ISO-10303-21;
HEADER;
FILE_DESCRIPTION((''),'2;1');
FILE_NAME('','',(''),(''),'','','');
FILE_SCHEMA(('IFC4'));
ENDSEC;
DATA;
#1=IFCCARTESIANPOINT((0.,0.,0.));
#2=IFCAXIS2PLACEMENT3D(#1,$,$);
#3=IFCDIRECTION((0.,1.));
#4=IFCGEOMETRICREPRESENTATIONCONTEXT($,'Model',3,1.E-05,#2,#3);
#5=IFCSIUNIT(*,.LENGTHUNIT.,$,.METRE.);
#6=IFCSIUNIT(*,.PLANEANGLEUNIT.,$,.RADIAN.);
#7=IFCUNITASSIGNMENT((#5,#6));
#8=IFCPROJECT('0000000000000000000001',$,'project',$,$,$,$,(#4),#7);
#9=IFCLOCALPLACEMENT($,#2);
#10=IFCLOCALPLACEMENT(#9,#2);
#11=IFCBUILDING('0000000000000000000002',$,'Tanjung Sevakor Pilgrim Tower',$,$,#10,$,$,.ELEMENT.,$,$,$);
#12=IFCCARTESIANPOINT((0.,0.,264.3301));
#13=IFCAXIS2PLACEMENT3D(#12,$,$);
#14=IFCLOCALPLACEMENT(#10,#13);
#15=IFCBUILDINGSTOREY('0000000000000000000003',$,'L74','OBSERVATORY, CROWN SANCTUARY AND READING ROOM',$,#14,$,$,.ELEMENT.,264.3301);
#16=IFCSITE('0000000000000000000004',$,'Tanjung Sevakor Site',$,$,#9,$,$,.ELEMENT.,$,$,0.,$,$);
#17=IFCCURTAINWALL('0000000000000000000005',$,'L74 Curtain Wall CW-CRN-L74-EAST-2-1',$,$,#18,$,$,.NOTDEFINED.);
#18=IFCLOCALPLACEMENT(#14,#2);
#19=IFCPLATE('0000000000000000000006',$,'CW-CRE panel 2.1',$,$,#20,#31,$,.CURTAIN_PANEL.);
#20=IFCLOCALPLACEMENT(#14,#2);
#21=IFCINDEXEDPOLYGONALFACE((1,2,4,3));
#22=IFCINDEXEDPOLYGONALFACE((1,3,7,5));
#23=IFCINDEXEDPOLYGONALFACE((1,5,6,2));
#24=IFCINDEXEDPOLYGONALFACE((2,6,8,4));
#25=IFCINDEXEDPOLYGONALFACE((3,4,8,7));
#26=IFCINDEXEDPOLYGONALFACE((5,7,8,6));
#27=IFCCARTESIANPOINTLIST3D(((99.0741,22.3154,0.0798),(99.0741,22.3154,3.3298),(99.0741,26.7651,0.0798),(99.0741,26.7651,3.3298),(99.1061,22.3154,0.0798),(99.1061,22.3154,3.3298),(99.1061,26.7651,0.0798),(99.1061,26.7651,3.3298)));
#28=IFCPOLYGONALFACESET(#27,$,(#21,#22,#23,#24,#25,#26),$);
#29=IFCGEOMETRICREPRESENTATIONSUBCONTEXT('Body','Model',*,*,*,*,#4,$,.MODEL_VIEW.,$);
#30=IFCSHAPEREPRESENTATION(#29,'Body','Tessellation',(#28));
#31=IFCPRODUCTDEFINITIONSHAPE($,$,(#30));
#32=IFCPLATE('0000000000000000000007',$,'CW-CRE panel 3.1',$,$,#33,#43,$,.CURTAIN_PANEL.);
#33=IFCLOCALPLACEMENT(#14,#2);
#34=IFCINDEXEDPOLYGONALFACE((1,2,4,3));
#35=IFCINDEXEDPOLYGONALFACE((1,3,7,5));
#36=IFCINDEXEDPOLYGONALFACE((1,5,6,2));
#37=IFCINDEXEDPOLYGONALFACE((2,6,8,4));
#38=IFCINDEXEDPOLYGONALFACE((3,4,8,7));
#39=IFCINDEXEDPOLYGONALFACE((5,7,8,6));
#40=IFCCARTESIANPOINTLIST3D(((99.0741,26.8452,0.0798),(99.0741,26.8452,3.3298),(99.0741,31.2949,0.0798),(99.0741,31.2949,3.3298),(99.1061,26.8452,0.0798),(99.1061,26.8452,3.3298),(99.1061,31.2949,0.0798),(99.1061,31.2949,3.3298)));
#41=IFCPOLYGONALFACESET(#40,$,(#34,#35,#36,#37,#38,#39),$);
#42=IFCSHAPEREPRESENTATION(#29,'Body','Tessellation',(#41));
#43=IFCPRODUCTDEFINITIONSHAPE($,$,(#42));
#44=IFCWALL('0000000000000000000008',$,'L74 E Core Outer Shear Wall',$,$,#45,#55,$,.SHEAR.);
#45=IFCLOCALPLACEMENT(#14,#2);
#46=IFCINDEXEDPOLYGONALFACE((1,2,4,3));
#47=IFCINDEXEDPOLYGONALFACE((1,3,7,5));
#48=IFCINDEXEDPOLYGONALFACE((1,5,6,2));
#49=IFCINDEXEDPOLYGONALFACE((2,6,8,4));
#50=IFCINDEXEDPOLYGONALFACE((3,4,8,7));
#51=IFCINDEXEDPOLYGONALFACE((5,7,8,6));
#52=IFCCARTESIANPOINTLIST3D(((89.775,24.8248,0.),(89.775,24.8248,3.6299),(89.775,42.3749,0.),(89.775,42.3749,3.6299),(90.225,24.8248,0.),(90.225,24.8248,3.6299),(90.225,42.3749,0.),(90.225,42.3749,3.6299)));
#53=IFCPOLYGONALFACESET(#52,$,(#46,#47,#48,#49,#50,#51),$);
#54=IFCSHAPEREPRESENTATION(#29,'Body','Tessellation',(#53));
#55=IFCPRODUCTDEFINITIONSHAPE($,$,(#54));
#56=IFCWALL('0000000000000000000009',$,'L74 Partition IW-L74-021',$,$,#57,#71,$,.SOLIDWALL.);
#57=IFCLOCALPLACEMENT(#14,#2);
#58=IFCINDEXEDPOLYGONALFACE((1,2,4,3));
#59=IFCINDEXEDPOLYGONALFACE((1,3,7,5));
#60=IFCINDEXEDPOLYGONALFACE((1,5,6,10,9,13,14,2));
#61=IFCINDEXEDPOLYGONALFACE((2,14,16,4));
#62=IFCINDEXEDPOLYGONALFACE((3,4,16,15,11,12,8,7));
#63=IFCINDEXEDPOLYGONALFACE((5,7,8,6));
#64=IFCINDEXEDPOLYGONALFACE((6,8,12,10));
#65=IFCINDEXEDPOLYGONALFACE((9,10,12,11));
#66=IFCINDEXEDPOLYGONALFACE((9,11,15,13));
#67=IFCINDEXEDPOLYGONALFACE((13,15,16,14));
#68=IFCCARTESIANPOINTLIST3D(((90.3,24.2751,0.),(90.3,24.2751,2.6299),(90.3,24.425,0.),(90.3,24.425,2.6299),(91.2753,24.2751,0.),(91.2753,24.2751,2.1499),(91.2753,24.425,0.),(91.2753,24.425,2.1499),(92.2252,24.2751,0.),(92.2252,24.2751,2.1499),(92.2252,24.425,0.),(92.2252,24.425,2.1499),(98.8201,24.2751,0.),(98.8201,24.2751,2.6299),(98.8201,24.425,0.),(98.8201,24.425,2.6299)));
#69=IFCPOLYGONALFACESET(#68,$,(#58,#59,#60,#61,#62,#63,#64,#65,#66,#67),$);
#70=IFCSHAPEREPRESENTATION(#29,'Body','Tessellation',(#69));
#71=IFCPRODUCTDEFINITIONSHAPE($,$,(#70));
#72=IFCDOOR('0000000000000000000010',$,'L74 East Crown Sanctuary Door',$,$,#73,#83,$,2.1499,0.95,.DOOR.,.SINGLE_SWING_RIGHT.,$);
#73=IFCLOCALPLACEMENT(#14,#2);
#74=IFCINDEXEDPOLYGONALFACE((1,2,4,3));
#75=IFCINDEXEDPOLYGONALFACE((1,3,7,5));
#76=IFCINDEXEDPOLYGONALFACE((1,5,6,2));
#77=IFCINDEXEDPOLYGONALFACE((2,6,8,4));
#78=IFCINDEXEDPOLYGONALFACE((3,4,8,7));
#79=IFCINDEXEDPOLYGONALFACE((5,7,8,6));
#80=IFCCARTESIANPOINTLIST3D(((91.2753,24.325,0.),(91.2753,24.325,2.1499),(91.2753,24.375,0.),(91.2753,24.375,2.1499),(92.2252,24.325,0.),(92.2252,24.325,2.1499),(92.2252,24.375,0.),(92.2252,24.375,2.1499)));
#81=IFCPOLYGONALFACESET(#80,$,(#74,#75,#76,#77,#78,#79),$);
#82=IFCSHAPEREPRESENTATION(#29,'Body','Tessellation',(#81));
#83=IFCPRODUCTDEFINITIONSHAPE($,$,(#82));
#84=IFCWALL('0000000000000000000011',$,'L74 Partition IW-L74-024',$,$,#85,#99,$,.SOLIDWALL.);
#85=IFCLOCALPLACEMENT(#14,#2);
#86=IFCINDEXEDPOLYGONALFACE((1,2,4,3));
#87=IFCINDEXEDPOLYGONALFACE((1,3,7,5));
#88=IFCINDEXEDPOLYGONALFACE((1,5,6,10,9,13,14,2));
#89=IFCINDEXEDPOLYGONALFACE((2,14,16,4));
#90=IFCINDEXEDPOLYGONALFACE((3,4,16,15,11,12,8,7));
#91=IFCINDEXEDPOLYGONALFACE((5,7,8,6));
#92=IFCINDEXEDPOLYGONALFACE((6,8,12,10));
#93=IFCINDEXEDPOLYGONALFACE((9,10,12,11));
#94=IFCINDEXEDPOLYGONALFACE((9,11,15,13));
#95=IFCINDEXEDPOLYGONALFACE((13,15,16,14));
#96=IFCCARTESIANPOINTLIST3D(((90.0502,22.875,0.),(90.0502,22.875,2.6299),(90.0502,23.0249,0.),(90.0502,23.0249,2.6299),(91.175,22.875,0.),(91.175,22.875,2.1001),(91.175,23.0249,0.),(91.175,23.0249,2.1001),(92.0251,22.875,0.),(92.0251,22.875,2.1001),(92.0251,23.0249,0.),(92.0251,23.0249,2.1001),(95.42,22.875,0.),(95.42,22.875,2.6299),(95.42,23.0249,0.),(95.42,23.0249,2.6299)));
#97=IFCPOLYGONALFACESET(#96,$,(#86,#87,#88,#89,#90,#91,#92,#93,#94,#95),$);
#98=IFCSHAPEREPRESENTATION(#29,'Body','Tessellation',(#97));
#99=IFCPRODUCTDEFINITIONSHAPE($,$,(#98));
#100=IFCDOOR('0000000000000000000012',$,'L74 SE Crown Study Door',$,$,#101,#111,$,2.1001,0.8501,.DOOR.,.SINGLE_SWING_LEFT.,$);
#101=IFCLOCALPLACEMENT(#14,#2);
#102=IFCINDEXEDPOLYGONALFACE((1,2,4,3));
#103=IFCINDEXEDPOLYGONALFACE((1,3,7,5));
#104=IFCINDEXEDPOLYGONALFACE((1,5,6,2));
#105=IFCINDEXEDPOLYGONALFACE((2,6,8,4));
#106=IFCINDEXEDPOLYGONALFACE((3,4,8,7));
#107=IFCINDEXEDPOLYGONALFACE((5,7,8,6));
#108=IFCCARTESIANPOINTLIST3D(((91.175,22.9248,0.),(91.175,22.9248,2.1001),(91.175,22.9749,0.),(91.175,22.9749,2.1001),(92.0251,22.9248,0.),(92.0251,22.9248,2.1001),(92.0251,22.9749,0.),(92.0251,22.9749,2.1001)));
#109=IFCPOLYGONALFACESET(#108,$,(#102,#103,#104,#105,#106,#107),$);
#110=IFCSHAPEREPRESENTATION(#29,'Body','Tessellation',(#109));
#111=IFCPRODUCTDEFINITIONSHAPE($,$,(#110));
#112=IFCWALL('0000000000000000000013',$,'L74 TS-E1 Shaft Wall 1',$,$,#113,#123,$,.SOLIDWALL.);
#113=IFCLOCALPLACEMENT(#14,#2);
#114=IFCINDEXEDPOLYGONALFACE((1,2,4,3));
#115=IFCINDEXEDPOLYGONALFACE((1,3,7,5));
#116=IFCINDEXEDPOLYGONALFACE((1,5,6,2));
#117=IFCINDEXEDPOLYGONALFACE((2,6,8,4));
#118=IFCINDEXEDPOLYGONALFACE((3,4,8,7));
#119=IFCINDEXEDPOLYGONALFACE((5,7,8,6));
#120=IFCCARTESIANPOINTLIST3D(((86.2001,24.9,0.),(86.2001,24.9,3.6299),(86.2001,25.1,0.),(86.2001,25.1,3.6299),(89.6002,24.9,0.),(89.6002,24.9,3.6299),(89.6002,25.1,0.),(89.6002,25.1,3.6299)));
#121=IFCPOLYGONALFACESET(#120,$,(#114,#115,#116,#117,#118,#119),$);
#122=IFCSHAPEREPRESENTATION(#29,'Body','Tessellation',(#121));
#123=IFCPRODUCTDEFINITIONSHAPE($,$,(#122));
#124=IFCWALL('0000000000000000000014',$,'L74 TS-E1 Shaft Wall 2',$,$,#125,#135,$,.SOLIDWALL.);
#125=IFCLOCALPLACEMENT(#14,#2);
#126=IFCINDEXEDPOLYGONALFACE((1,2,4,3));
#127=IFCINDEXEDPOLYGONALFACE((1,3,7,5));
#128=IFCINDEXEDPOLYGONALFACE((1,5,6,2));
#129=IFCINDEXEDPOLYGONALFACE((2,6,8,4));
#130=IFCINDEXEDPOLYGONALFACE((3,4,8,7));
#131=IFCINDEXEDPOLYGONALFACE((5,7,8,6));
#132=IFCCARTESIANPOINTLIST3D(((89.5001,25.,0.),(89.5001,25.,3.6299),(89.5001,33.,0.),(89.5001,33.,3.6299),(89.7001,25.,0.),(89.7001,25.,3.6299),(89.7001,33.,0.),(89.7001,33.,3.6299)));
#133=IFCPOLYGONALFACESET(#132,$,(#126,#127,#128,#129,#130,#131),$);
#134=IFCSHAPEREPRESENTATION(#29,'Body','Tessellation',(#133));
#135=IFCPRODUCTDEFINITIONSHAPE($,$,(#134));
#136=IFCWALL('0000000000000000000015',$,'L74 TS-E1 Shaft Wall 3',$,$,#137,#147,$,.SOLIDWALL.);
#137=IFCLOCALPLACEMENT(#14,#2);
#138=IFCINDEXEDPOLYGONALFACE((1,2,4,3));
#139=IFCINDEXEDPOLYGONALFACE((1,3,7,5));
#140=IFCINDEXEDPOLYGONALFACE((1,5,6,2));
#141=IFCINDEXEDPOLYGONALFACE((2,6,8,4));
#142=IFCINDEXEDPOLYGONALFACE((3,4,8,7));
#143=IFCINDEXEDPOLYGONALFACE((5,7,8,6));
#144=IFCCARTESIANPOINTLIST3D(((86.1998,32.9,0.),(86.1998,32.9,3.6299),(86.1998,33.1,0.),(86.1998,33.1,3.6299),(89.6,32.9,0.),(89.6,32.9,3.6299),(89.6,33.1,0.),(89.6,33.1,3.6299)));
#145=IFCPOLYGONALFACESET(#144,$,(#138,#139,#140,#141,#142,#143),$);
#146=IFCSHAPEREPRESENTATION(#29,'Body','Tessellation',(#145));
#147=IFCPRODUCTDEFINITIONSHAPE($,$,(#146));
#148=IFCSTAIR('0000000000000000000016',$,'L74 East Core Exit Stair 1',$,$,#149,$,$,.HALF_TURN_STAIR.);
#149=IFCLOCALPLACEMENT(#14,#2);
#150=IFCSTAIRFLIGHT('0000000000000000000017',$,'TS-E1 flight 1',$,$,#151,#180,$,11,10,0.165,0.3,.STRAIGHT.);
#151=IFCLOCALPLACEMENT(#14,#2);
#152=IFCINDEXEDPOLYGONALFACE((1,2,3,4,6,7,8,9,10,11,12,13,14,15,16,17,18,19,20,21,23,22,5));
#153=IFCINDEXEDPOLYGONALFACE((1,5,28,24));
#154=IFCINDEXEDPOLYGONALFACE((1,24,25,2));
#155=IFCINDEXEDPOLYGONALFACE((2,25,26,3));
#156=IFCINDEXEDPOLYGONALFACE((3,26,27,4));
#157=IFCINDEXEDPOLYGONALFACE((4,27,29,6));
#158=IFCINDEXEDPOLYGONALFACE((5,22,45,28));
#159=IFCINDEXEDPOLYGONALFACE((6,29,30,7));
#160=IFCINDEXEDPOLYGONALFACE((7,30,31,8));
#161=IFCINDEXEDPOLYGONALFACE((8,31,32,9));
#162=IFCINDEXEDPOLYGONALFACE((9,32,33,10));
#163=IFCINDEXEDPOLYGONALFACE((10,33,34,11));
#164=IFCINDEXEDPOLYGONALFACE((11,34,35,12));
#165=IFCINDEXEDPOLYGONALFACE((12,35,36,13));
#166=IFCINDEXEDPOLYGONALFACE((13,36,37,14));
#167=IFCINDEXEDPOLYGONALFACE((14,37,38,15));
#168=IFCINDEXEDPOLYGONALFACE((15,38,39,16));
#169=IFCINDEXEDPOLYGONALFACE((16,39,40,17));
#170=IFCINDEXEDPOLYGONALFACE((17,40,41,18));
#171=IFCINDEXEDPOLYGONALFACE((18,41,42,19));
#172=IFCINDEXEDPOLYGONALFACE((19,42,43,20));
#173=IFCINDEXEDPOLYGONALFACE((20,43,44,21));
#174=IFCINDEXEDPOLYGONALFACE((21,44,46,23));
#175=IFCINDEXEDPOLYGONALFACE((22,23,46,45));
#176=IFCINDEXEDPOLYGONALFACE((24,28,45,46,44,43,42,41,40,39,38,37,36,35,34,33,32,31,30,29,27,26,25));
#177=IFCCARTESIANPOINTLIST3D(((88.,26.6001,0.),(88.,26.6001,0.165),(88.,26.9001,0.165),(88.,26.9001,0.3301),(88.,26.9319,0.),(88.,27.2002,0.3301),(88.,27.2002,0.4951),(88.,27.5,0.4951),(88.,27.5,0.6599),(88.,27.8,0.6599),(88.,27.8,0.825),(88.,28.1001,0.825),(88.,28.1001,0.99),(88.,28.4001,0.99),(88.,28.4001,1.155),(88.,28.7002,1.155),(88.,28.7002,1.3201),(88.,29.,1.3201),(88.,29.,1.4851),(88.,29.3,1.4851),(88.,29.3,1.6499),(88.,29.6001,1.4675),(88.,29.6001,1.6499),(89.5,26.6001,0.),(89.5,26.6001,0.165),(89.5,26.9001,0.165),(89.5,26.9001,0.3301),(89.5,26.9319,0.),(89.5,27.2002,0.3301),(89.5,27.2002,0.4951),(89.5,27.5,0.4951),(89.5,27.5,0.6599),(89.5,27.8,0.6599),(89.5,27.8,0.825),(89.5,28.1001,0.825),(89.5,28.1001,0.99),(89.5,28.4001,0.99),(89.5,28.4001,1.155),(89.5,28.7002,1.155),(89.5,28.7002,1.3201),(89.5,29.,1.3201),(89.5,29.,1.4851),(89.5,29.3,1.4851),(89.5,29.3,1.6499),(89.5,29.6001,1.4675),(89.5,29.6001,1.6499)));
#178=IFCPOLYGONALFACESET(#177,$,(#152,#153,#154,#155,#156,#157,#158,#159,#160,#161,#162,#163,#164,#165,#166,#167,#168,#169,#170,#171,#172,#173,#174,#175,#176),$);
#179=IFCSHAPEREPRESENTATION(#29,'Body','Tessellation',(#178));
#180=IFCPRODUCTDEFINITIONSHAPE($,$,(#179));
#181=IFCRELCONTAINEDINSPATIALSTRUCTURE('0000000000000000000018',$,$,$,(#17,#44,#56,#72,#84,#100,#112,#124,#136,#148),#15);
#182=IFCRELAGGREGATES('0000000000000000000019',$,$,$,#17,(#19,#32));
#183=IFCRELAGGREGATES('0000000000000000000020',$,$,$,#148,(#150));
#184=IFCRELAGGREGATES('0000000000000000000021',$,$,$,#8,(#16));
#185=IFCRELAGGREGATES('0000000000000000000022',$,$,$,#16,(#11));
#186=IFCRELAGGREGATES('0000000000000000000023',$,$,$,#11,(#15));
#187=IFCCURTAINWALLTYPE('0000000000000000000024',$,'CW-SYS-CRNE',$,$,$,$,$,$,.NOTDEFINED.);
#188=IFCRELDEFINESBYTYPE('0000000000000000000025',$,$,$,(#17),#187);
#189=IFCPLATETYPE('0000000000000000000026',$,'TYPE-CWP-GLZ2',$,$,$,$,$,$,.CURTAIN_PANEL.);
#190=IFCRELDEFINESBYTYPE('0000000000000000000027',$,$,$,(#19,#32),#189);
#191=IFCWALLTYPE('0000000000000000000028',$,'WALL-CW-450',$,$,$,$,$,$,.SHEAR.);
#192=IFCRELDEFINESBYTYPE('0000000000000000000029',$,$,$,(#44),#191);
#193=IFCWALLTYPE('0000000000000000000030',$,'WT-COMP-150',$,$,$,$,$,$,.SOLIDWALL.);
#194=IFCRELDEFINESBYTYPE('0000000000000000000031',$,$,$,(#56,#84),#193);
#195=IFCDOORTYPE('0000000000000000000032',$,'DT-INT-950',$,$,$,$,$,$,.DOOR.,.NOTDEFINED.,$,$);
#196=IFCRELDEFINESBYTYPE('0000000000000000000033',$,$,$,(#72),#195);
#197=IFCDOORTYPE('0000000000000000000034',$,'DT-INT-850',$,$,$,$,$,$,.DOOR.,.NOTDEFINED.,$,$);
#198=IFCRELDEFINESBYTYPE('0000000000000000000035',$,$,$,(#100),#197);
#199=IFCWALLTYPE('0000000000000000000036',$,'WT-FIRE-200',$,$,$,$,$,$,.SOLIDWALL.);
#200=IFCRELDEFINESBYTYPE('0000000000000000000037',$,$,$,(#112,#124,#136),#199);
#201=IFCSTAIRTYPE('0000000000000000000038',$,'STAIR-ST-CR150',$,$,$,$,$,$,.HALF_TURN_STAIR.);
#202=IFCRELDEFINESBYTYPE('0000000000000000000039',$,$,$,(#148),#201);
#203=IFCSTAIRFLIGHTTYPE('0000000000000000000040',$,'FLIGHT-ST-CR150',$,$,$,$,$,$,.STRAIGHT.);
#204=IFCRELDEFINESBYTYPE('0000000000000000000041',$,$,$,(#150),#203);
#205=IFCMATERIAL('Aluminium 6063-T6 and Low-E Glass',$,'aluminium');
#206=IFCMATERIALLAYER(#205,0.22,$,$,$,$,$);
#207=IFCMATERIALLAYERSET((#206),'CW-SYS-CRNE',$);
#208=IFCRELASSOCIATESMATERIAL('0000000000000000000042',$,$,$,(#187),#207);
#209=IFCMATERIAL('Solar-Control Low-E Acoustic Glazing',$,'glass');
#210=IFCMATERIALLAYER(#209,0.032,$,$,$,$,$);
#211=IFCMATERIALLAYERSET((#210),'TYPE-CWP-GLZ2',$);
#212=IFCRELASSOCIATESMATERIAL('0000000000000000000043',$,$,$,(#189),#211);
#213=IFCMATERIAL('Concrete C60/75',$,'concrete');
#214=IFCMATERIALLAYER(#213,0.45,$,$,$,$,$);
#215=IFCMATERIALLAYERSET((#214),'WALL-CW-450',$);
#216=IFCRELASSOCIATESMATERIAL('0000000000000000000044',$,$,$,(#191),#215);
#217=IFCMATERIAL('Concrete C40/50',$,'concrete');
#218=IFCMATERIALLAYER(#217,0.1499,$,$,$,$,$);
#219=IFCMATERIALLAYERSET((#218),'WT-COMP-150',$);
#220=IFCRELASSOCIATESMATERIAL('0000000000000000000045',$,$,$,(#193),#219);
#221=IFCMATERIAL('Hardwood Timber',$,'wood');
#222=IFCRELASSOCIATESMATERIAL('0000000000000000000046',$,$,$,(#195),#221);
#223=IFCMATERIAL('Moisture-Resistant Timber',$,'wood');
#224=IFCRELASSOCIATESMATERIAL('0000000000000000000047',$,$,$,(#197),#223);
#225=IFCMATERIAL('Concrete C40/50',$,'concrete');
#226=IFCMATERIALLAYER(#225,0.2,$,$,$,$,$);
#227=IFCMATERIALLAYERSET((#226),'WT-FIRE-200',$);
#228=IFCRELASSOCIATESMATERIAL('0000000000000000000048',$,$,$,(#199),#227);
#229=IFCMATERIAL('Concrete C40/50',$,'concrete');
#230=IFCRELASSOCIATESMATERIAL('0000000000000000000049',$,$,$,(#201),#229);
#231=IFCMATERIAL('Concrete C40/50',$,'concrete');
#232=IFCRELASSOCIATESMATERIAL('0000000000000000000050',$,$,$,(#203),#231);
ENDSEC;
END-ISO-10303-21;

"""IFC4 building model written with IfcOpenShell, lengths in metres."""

from ifc_helpers import new_model, si_unit, direction, frame, frame_2d, origin, origin_2d, place, context, subcontext, project, spatial, polyline, rectangle, outline, extrude, material, layer, layer_set, type_object, element, fill, aggregate, save


model = new_model("IFC4")

# Units and contexts
model_context = context("Model", 3, precision=1e-05, world=origin(), true_north=direction((0.0, 1.0)))
body_context = subcontext(model_context, "Body", "Model", "MODEL_VIEW")
ifc_project = project(units=[si_unit("LENGTHUNIT", "METRE"), si_unit("PLANEANGLEUNIT", "RADIAN")], contexts=[model_context])

# Site, building, storey
site_placement = place(None, origin())
site = spatial("IfcSite", under=ifc_project, at=site_placement, Name="Tanjung Sevakor Site", CompositionType="ELEMENT", RefElevation=0.0)
building_placement = place(site_placement, origin())
building = spatial("IfcBuilding", under=site, at=building_placement, Name="Tanjung Sevakor Pilgrim Tower", CompositionType="ELEMENT")
storey_placement = place(building_placement, frame((0.0, 0.0, 264.3301)))
storey = spatial("IfcBuildingStorey", under=building, at=storey_placement, Name="L74", Description="OBSERVATORY, CROWN SANCTUARY AND READING ROOM", CompositionType="ELEMENT", Elevation=264.3301)

# Curtain wall, plates
ifc_material_1 = material(Name="Aluminium 6063-T6 and Low-E Glass", Category="aluminium")
ifc_layer_1 = layer(ifc_material_1, 0.22)
ifc_layer_set_1 = layer_set([ifc_layer_1], Name="CW-SYS-CRNE")
curtain_wall_type = type_object("IfcCurtainWallType", Name="CW-SYS-CRNE", PredefinedType="NOTDEFINED", material=ifc_layer_set_1)
curtain_wall_placement = place(storey_placement, origin())
curtain_wall = element("IfcCurtainWall", 1, at=curtain_wall_placement, inside=storey, type_object=curtain_wall_type, Name="L74 Curtain Wall CW-CRN-L74-EAST-2-1", PredefinedType="NOTDEFINED")
ifc_material_2 = material(Name="Solar-Control Low-E Acoustic Glazing", Category="glass")
ifc_layer_2 = layer(ifc_material_2, 0.032)
ifc_layer_set_2 = layer_set([ifc_layer_2], Name="TYPE-CWP-GLZ2")
plate_type = type_object("IfcPlateType", Name="TYPE-CWP-GLZ2", PredefinedType="CURTAIN_PANEL", material=ifc_layer_set_2)
plate_1_placement = place(storey_placement, frame((99.0901, 24.5403, 0.0798), z_axis=(0.0, 0.0, 1.0), x_axis=(0.0, 1.0, 0.0)))
plate_1 = element("IfcPlate", 2, at=plate_1_placement, type_object=plate_type, Name="CW-CRE panel 2.1", PredefinedType="CURTAIN_PANEL", context=body_context, shape_type="SweptSolid", body=[
    extrude(rectangle(XDim=4.4497, YDim=0.032, at=origin_2d()), origin(), (0.0, 0.0, 1.0), 3.25),
])
plate_2_placement = place(storey_placement, frame((99.0901, 29.0701, 0.0798), z_axis=(0.0, 0.0, 1.0), x_axis=(0.0, 1.0, 0.0)))
plate_2 = element("IfcPlate", 3, at=plate_2_placement, type_object=plate_type, Name="CW-CRE panel 3.1", PredefinedType="CURTAIN_PANEL", context=body_context, shape_type="SweptSolid", body=[
    extrude(rectangle(XDim=4.4497, YDim=0.032, at=origin_2d()), origin(), (0.0, 0.0, 1.0), 3.25),
])
aggregate(curtain_wall, [plate_1, plate_2])

# Wall
ifc_material_3 = material(Name="Concrete C60/75", Category="concrete")
ifc_layer_3 = layer(ifc_material_3, 0.45)
ifc_layer_set_3 = layer_set([ifc_layer_3], Name="WALL-CW-450")
wall_type_1 = type_object("IfcWallType", Name="WALL-CW-450", PredefinedType="SHEAR", material=ifc_layer_set_3)
wall_1_placement = place(storey_placement, frame((90.0, 24.825, 0.0), z_axis=(0.0, 0.0, 1.0), x_axis=(0.0, 1.0, 0.0)))
element("IfcWall", 4, at=wall_1_placement, inside=storey, type_object=wall_type_1, Name="L74 E Core Outer Shear Wall", PredefinedType="SHEAR", context=body_context, shape_type="SweptSolid", body=[
    extrude(rectangle(XDim=17.55, YDim=0.45, at=frame_2d((8.7749, 0.0))), origin(), (0.0, 0.0, 1.0), 3.6299),
])

# Walls, openings, doors
ifc_material_4 = material(Name="Concrete C40/50", Category="concrete")
ifc_layer_4 = layer(ifc_material_4, 0.1499)
ifc_layer_set_4 = layer_set([ifc_layer_4], Name="WT-COMP-150")
wall_type_2 = type_object("IfcWallType", Name="WT-COMP-150", PredefinedType="SOLIDWALL", material=ifc_layer_set_4)
wall_2_placement = place(storey_placement, frame((90.3, 24.3501, 0.0), z_axis=(0.0, 0.0, 1.0), x_axis=(1.0, 0.0, 0.0)))
wall_2 = element("IfcWall", 5, at=wall_2_placement, inside=storey, type_object=wall_type_2, Name="L74 Partition IW-L74-021", PredefinedType="SOLIDWALL", context=body_context, shape_type="SweptSolid", body=[
    extrude(rectangle(XDim=8.52, YDim=0.1499, at=frame_2d((4.26, 0.0))), origin(), (0.0, 0.0, 1.0), 2.6299),
])
opening_1_placement = place(wall_2_placement, frame((0.9751, 0.0, 0.0)))
opening_1 = element("IfcOpeningElement", 6, at=opening_1_placement, cuts=wall_2, PredefinedType="OPENING", context=body_context, shape_type="SweptSolid", body=[
    extrude(rectangle(XDim=0.95, YDim=2.1499, at=frame_2d((0.4751, 1.075))), frame((0.0, 0.085, 0.0), z_axis=(0.0, -1.0, 0.0), x_axis=(1.0, 0.0, 0.0)), (0.0, 0.0, 1.0), 0.1699),
])
ifc_material_5 = material(Name="Hardwood Timber", Category="wood")
door_type_1 = type_object("IfcDoorType", Name="DT-INT-950", OperationType="NOTDEFINED", PredefinedType="DOOR", material=ifc_material_5)
door_1_placement = place(opening_1_placement, origin())
door_1 = element("IfcDoor", 7, at=door_1_placement, inside=storey, type_object=door_type_1, Name="L74 East Crown Sanctuary Door", OperationType="SINGLE_SWING_RIGHT", OverallHeight=2.1499, OverallWidth=0.95, PredefinedType="DOOR", context=body_context, shape_type="SweptSolid", body=[
    extrude(rectangle(XDim=0.95, YDim=2.1499, at=frame_2d((0.4751, 1.075))), frame((0.0, 0.0249, 0.0), z_axis=(0.0, -1.0, 0.0), x_axis=(1.0, 0.0, 0.0)), (0.0, 0.0, 1.0), 0.05),
])
fill(opening_1, door_1)
wall_3_placement = place(storey_placement, frame((90.05, 22.95, 0.0), z_axis=(0.0, 0.0, 1.0), x_axis=(1.0, 0.0, 0.0)))
wall_3 = element("IfcWall", 8, at=wall_3_placement, inside=storey, type_object=wall_type_2, Name="L74 Partition IW-L74-024", PredefinedType="SOLIDWALL", context=body_context, shape_type="SweptSolid", body=[
    extrude(rectangle(XDim=5.3699, YDim=0.1499, at=frame_2d((2.6851, 0.0))), origin(), (0.0, 0.0, 1.0), 2.6299),
])
opening_2_placement = place(wall_3_placement, frame((1.125, 0.0, 0.0)))
opening_2 = element("IfcOpeningElement", 9, at=opening_2_placement, cuts=wall_3, PredefinedType="OPENING", context=body_context, shape_type="SweptSolid", body=[
    extrude(rectangle(XDim=0.8501, YDim=2.1001, at=frame_2d((0.425, 1.05))), frame((0.0, 0.085, 0.0), z_axis=(0.0, -1.0, 0.0), x_axis=(1.0, 0.0, 0.0)), (0.0, 0.0, 1.0), 0.1699),
])
ifc_material_6 = material(Name="Moisture-Resistant Timber", Category="wood")
door_type_2 = type_object("IfcDoorType", Name="DT-INT-850", OperationType="NOTDEFINED", PredefinedType="DOOR", material=ifc_material_6)
door_2_placement = place(opening_2_placement, origin())
door_2 = element("IfcDoor", 10, at=door_2_placement, inside=storey, type_object=door_type_2, Name="L74 SE Crown Study Door", OperationType="SINGLE_SWING_LEFT", OverallHeight=2.1001, OverallWidth=0.8501, PredefinedType="DOOR", context=body_context, shape_type="SweptSolid", body=[
    extrude(rectangle(XDim=0.8501, YDim=2.1001, at=frame_2d((0.425, 1.05))), frame((0.0, 0.0249, 0.0), z_axis=(0.0, -1.0, 0.0), x_axis=(1.0, 0.0, 0.0)), (0.0, 0.0, 1.0), 0.05),
])
fill(opening_2, door_2)

# Walls
ifc_material_7 = material(Name="Concrete C40/50", Category="concrete")
ifc_layer_5 = layer(ifc_material_7, 0.2)
ifc_layer_set_5 = layer_set([ifc_layer_5], Name="WT-FIRE-200")
wall_type_3 = type_object("IfcWallType", Name="WT-FIRE-200", PredefinedType="SOLIDWALL", material=ifc_layer_set_5)
wall_4_placement = place(storey_placement, frame((86.2, 25.0, 0.0), z_axis=(0.0, 0.0, 1.0), x_axis=(1.0, 0.0, 0.0)))
element("IfcWall", 11, at=wall_4_placement, inside=storey, type_object=wall_type_3, Name="L74 TS-E1 Shaft Wall 1", PredefinedType="SOLIDWALL", context=body_context, shape_type="SweptSolid", body=[
    extrude(rectangle(XDim=3.4001, YDim=0.2, at=frame_2d((1.7002, 0.0))), origin(), (0.0, 0.0, 1.0), 3.6299),
])
wall_5_placement = place(storey_placement, frame((89.6001, 25.0, 0.0), z_axis=(0.0, 0.0, 1.0), x_axis=(0.0, 1.0, 0.0)))
element("IfcWall", 12, at=wall_5_placement, inside=storey, type_object=wall_type_3, Name="L74 TS-E1 Shaft Wall 2", PredefinedType="SOLIDWALL", context=body_context, shape_type="SweptSolid", body=[
    extrude(rectangle(XDim=8.0, YDim=0.2, at=frame_2d((4.0, 0.0))), origin(), (0.0, 0.0, 1.0), 3.6299),
])
wall_6_placement = place(storey_placement, frame((89.6001, 33.0, 0.0), z_axis=(0.0, 0.0, 1.0), x_axis=(-1.0, 0.0, 0.0)))
element("IfcWall", 13, at=wall_6_placement, inside=storey, type_object=wall_type_3, Name="L74 TS-E1 Shaft Wall 3", PredefinedType="SOLIDWALL", context=body_context, shape_type="SweptSolid", body=[
    extrude(rectangle(XDim=3.4001, YDim=0.2, at=frame_2d((1.7002, 0.0))), origin(), (0.0, 0.0, 1.0), 3.6299),
])

# Stair, stair flight
ifc_material_8 = material(Name="Concrete C40/50", Category="concrete")
stair_type = type_object("IfcStairType", Name="STAIR-ST-CR150", PredefinedType="HALF_TURN_STAIR", material=ifc_material_8)
stair_placement = place(storey_placement, origin())
stair = element("IfcStair", 14, at=stair_placement, inside=storey, type_object=stair_type, Name="L74 East Core Exit Stair 1", PredefinedType="HALF_TURN_STAIR")
ifc_material_9 = material(Name="Concrete C40/50", Category="concrete")
stair_flight_type = type_object("IfcStairFlightType", Name="FLIGHT-ST-CR150", PredefinedType="STRAIGHT", material=ifc_material_9)
stair_flight_1_placement = place(storey_placement, frame((88.75, 26.6001, 0.0), z_axis=(0.0, 0.0, 1.0), x_axis=(0.0, 1.0, 0.0)))
stair_flight_1 = element("IfcStairFlight", 15, at=stair_flight_1_placement, type_object=stair_flight_type, Name="TS-E1 flight 1", NumberOfRisers=11, NumberOfTreads=10, PredefinedType="STRAIGHT", RiserHeight=0.165, TreadLength=0.3, context=body_context, shape_type="SweptSolid", body=[
    extrude(outline(polyline([(0.0, 0.0), (0.0, 0.165), (0.3, 0.165), (0.3, 0.3301), (0.6001, 0.3301), (0.6001, 0.4951), (0.8999, 0.4951), (0.8999, 0.6599), (1.2, 0.6599), (1.2, 0.825), (1.5, 0.825), (1.5, 0.99), (1.8, 0.99), (1.8, 1.155), (2.1001, 1.155), (2.1001, 1.3201), (2.3999, 1.3201), (2.3999, 1.4851), (2.7, 1.4851), (2.7, 1.6499), (3.0, 1.6499), (3.0, 1.8149), (3.0, 1.4675), (0.3318, 0.0), (0.0, 0.0)])), frame((0.0, 0.75, 0.0), z_axis=(0.0, -1.0, 0.0), x_axis=(1.0, 0.0, 0.0)), (0.0, 0.0, 1.0), 1.5),
])
aggregate(stair, [stair_flight_1])

save(model, "model.ifc")
